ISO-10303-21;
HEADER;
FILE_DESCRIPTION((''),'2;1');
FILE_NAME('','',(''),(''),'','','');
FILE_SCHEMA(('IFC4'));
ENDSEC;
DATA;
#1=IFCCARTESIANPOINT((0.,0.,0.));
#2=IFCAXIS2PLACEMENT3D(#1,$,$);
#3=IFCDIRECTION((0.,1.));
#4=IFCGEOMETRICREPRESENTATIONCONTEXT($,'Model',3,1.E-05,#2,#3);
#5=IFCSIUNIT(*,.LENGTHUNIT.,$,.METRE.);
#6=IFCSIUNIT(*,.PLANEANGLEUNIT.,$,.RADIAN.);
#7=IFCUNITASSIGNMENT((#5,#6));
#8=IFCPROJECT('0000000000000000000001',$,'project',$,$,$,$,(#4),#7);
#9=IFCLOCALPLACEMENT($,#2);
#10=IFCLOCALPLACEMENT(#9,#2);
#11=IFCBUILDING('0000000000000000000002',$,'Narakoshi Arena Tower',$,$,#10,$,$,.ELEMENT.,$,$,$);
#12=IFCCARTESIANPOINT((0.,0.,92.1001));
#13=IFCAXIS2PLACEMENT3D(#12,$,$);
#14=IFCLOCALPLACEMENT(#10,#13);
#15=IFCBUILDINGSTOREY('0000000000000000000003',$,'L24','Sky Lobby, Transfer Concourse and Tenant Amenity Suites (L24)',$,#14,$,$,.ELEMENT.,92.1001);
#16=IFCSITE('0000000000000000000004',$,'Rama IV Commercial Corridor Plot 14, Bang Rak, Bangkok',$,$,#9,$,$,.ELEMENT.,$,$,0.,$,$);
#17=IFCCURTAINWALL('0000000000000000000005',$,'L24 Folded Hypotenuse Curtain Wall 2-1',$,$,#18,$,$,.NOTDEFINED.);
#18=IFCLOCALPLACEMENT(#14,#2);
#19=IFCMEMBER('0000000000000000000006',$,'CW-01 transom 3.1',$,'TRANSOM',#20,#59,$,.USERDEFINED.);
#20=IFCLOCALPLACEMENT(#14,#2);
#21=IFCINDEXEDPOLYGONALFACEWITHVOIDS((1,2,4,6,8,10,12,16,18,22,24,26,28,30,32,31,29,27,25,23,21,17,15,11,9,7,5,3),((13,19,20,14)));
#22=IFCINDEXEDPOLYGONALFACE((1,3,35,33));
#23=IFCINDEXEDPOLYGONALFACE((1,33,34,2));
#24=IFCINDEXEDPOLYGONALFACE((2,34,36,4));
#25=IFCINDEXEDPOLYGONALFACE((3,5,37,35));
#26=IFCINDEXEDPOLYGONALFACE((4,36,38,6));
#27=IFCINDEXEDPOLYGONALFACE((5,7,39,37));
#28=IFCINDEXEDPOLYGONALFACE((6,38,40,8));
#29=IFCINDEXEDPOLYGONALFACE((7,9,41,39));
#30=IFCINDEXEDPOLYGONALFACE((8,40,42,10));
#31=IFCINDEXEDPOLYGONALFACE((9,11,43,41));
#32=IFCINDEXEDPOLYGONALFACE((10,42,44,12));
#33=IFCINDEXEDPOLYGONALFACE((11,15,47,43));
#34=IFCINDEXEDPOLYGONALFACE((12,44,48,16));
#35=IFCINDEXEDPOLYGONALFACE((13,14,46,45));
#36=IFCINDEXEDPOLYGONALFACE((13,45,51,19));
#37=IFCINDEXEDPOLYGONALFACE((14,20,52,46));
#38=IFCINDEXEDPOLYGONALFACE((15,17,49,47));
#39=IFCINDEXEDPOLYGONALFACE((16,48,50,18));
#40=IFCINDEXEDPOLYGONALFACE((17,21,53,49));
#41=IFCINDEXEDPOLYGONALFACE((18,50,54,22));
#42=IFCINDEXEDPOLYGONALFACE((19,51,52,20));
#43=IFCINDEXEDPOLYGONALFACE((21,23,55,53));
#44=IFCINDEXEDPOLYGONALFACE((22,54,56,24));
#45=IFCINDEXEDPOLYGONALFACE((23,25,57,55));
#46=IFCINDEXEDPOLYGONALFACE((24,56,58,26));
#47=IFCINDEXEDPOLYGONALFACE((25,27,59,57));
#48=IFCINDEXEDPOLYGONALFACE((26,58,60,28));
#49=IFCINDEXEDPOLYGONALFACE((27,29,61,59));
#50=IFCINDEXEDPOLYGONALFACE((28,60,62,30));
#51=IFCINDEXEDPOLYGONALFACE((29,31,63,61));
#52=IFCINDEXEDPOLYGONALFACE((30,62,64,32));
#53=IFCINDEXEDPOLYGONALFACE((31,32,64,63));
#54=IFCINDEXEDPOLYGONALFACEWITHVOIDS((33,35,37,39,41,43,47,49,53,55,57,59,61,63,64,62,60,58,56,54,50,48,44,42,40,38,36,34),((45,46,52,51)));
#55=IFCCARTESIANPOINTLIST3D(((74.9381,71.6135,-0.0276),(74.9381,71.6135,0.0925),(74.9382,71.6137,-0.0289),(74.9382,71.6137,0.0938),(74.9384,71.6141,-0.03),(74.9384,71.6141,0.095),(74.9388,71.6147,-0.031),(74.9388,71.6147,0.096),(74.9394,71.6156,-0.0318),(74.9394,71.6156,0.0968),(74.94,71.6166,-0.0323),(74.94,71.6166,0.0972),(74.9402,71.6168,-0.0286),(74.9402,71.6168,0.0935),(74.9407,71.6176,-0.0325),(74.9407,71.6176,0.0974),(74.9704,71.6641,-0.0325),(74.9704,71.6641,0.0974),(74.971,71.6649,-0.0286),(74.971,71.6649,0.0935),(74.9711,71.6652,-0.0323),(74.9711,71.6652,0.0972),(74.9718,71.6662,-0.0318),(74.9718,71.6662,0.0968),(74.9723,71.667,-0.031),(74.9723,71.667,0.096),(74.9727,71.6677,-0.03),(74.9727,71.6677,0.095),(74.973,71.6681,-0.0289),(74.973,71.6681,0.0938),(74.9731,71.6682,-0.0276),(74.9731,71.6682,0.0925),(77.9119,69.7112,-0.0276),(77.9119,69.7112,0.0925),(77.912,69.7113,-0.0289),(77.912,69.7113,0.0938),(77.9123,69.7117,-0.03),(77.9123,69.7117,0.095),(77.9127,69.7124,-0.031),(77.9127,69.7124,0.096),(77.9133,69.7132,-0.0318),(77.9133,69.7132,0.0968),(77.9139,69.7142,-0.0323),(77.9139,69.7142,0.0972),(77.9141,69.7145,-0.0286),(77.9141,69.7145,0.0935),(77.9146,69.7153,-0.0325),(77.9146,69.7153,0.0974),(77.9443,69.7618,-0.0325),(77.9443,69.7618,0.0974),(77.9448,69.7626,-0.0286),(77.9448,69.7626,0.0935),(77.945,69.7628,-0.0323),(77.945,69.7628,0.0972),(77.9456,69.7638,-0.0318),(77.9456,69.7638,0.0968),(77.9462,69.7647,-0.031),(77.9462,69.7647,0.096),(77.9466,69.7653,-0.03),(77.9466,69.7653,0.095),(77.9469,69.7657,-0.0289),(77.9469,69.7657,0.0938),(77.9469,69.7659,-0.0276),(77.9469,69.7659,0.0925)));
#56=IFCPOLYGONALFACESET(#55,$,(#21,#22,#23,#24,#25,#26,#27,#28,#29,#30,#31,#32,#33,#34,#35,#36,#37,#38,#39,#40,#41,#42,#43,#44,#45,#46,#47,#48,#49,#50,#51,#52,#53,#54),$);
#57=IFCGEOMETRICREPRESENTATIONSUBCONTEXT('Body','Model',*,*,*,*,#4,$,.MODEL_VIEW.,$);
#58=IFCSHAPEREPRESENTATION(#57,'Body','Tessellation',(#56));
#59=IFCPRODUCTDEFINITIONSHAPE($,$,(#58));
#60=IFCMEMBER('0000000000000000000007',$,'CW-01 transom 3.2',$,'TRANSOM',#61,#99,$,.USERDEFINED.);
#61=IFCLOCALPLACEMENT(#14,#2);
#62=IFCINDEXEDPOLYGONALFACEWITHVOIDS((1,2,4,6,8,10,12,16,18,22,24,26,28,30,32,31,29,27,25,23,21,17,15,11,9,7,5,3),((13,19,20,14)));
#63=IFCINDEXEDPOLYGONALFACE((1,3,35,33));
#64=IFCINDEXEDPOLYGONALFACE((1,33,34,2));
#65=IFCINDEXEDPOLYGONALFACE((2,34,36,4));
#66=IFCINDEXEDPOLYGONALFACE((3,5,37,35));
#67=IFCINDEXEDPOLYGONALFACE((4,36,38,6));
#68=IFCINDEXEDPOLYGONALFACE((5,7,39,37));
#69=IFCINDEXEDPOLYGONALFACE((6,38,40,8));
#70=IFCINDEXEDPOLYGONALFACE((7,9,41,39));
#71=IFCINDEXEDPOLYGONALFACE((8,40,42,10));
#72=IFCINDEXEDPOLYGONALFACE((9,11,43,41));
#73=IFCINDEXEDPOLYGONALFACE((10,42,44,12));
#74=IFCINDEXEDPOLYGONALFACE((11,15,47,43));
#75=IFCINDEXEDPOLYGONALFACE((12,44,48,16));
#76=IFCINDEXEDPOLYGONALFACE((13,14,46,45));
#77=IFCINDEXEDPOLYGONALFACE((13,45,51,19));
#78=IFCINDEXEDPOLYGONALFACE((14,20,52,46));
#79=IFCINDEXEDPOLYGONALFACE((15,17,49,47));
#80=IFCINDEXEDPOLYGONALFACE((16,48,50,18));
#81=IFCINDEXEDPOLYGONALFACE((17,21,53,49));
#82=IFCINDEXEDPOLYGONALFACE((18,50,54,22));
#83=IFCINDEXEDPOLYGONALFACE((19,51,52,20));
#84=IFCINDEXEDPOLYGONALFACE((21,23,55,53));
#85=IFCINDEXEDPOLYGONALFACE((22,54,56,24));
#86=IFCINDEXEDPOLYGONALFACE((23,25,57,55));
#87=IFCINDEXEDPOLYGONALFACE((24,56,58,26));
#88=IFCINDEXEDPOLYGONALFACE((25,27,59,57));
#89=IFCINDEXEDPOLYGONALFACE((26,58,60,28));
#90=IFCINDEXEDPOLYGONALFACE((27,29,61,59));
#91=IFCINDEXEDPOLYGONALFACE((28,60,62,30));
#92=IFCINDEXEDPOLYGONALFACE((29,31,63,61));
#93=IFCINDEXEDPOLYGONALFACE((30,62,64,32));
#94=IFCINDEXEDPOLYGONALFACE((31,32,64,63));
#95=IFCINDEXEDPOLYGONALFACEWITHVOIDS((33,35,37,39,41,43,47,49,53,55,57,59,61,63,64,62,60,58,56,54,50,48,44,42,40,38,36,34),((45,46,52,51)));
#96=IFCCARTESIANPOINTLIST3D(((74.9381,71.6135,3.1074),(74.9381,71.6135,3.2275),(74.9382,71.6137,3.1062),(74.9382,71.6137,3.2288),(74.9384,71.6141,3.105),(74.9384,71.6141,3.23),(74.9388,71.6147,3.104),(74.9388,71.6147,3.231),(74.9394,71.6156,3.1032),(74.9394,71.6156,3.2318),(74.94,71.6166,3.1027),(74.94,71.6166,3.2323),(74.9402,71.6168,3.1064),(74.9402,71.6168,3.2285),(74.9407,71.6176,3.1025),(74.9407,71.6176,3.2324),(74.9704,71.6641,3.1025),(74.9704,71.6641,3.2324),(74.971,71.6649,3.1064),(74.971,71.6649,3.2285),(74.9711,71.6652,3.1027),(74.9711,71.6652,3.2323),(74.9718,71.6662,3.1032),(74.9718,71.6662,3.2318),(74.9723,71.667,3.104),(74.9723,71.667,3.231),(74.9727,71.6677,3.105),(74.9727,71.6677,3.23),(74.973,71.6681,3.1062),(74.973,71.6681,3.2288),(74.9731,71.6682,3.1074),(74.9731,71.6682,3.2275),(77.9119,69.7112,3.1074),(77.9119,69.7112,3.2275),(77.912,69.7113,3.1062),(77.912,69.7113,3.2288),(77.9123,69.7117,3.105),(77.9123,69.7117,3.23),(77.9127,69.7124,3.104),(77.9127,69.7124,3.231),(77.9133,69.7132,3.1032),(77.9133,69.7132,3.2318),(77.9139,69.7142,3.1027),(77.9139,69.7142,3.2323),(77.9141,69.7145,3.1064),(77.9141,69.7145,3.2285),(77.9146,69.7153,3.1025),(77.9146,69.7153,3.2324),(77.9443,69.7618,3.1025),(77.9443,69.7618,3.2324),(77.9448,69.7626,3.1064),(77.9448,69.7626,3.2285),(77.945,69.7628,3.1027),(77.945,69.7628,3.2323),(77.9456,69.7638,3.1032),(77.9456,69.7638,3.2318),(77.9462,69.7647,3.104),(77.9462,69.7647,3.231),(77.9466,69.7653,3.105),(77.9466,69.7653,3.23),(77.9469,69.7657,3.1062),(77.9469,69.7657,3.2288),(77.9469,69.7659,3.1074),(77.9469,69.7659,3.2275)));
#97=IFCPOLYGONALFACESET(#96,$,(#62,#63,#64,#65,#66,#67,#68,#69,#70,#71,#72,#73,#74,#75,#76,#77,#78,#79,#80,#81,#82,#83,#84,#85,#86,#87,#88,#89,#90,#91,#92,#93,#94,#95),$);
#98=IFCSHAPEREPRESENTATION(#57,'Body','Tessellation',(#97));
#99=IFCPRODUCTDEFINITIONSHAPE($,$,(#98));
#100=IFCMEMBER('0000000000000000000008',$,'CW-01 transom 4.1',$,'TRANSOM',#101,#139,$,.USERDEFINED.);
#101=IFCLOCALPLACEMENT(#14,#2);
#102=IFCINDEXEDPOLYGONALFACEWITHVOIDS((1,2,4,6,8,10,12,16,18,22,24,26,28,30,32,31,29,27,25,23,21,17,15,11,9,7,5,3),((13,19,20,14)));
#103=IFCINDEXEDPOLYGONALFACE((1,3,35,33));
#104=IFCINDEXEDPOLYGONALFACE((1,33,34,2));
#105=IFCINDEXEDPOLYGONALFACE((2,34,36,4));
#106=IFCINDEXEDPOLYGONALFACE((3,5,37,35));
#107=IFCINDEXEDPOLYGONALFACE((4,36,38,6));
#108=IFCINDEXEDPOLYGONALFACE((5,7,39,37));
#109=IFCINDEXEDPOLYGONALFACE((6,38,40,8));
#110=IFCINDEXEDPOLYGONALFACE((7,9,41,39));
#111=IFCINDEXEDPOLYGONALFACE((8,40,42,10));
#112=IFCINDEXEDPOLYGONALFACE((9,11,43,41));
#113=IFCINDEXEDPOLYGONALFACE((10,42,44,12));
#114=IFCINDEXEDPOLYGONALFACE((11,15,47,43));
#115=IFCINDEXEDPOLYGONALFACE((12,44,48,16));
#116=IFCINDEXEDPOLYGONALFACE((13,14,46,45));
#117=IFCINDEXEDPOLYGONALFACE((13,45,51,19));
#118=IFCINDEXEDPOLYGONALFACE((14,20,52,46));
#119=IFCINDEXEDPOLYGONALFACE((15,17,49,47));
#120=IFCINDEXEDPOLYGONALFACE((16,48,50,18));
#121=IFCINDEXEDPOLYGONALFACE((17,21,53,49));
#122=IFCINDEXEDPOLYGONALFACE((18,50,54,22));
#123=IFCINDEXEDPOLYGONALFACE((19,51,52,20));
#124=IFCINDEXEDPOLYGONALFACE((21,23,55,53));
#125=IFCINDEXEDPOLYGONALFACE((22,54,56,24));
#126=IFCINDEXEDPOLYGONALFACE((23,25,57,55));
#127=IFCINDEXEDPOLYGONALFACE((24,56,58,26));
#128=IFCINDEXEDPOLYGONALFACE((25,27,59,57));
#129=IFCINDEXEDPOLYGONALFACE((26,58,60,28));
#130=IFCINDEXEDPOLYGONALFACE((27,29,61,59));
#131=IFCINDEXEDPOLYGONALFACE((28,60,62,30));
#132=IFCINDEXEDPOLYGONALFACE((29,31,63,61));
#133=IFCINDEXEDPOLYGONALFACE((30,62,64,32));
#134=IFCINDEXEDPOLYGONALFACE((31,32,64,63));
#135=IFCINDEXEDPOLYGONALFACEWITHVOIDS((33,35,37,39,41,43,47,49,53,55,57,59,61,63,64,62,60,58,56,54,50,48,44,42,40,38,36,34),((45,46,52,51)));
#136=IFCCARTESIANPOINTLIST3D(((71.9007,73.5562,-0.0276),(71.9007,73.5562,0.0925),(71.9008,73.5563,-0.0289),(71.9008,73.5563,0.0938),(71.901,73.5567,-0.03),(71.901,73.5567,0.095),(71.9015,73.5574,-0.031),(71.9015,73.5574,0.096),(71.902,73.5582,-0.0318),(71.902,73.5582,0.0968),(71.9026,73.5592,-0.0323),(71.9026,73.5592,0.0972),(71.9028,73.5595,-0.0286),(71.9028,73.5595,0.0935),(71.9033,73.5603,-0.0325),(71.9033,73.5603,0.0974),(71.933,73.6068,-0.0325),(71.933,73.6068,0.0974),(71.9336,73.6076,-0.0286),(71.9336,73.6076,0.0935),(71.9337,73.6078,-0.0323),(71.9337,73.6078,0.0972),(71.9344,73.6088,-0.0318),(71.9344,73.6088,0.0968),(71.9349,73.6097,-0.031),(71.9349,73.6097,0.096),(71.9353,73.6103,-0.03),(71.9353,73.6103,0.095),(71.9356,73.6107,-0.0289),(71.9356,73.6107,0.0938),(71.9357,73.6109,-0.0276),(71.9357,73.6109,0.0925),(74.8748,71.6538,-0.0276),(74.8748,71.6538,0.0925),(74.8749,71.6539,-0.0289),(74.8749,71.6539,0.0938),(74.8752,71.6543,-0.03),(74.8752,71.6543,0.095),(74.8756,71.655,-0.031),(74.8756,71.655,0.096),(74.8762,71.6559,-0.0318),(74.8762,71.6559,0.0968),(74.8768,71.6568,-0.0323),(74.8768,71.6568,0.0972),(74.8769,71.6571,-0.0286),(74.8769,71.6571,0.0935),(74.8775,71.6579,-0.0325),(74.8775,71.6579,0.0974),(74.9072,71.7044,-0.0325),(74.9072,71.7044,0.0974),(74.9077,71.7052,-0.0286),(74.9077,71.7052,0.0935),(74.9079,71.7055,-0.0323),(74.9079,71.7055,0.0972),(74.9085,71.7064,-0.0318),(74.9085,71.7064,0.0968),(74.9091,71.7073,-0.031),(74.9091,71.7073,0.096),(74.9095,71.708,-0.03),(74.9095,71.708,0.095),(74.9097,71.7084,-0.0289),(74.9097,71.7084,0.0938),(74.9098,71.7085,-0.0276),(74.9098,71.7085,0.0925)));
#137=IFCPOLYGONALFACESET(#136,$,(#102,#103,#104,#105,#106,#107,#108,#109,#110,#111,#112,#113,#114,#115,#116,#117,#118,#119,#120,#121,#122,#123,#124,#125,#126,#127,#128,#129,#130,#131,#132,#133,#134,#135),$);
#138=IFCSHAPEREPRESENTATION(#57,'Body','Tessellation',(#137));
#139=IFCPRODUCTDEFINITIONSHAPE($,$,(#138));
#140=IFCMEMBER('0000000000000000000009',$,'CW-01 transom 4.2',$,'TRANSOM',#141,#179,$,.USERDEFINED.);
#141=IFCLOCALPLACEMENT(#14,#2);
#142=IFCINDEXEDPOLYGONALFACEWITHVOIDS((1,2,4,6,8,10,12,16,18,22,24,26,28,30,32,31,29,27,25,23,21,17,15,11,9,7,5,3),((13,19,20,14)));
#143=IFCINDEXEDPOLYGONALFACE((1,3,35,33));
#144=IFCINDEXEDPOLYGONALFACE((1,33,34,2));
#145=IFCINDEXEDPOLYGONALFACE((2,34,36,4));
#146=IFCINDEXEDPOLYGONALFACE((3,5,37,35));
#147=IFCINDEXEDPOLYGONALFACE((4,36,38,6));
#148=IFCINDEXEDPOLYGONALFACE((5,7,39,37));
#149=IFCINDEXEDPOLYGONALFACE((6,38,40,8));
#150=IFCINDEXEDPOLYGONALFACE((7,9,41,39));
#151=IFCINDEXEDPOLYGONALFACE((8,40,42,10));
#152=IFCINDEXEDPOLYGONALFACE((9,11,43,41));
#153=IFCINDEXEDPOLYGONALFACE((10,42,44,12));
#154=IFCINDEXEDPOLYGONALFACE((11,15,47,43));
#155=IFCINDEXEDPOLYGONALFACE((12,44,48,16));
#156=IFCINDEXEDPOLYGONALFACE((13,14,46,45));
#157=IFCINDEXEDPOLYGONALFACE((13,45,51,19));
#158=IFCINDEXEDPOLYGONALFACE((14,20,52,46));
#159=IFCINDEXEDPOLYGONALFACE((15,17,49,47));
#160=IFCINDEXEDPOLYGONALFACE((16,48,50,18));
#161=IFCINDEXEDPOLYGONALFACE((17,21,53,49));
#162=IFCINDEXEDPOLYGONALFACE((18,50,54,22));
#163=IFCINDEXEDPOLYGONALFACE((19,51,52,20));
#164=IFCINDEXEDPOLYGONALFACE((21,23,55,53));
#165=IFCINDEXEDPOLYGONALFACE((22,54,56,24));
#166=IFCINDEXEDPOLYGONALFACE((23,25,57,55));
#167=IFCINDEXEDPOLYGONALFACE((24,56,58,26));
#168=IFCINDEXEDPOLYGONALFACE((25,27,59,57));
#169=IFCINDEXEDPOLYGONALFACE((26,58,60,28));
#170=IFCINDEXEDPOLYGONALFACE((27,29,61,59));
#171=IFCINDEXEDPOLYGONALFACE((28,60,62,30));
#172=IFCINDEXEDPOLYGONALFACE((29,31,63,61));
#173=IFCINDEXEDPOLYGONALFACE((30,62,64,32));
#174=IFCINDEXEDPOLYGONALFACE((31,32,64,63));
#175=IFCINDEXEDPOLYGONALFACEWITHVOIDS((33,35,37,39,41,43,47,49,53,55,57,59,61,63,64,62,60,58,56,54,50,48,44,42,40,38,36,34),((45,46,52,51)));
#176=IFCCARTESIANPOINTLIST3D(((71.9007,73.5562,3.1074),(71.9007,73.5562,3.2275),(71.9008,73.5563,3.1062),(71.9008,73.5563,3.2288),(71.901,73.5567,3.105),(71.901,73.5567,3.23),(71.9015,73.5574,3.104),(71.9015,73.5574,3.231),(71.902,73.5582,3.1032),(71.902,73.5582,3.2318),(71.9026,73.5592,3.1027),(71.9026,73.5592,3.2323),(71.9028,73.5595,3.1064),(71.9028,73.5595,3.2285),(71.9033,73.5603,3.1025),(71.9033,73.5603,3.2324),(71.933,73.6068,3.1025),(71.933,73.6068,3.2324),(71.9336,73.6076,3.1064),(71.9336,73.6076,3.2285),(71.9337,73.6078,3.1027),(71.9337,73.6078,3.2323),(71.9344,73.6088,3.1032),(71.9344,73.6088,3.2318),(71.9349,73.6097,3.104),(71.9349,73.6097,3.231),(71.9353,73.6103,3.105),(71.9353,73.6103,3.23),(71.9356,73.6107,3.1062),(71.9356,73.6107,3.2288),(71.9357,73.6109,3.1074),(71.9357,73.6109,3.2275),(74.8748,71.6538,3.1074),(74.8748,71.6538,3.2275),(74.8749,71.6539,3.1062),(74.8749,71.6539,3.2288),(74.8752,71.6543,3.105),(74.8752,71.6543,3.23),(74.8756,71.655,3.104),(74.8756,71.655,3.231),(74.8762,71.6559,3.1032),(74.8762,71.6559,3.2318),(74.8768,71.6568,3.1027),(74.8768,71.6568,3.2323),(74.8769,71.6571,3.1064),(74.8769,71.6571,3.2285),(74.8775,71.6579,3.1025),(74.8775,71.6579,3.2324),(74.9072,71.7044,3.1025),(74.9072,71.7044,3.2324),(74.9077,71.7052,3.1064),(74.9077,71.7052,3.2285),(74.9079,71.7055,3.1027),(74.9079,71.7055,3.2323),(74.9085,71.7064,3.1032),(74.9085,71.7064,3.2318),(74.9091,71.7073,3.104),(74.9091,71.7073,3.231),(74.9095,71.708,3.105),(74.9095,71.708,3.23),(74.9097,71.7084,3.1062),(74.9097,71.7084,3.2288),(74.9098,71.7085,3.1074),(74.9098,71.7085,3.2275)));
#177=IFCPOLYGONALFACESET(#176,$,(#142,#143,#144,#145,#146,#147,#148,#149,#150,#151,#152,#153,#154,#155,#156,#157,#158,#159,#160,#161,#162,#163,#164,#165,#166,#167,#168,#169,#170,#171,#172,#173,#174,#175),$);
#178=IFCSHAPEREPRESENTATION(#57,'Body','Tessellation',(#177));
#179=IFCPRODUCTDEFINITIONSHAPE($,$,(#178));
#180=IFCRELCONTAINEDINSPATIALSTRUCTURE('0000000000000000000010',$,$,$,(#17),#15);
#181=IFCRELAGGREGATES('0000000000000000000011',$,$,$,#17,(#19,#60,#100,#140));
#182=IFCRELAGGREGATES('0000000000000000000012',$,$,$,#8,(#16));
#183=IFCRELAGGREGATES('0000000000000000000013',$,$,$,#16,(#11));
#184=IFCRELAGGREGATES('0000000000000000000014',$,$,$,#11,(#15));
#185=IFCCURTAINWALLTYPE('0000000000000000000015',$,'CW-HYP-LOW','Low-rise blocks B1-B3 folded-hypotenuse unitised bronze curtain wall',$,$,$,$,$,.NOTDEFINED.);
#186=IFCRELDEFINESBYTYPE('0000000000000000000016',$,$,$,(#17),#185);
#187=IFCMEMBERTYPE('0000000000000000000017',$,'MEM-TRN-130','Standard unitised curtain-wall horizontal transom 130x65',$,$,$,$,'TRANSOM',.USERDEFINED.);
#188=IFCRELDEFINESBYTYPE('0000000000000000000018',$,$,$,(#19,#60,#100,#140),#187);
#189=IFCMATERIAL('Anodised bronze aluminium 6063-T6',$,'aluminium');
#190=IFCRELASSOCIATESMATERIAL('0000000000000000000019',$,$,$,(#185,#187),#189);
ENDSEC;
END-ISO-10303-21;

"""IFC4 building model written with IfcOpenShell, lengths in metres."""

from ifc_helpers import new_model, si_unit, direction, frame, origin, origin_2d, place, context, subcontext, project, spatial, hollow_rectangle, extrude, material, material_profile, profile_set, type_object, element, aggregate, save


model = new_model("IFC4")

# Units and contexts
model_context = context("Model", 3, precision=1e-05, world=origin(), true_north=direction((0.0, 1.0)))
body_context = subcontext(model_context, "Body", "Model", "MODEL_VIEW")
ifc_project = project(units=[si_unit("LENGTHUNIT", "METRE"), si_unit("PLANEANGLEUNIT", "RADIAN")], contexts=[model_context])

# Site, building, storey
site_placement = place(None, origin())
site = spatial("IfcSite", under=ifc_project, at=site_placement, Name="Rama IV Commercial Corridor Plot 14, Bang Rak, Bangkok", CompositionType="ELEMENT", RefElevation=0.0)
building_placement = place(site_placement, origin())
building = spatial("IfcBuilding", under=site, at=building_placement, Name="Narakoshi Arena Tower", CompositionType="ELEMENT")
storey_placement = place(building_placement, frame((0.0, 0.0, 92.1001)))
storey = spatial("IfcBuildingStorey", under=building, at=storey_placement, Name="L24", Description="Sky Lobby, Transfer Concourse and Tenant Amenity Suites (L24)", CompositionType="ELEMENT", Elevation=92.1001)

# Curtain wall
ifc_material_1 = material(Name="Anodised bronze aluminium 6063-T6", Category="aluminium")
curtain_wall_type = type_object("IfcCurtainWallType", Name="CW-HYP-LOW", Description="Low-rise blocks B1-B3 folded-hypotenuse unitised bronze curtain wall", PredefinedType="NOTDEFINED", material=ifc_material_1)
curtain_wall_1_placement = place(storey_placement, origin())
curtain_wall_1 = element("IfcCurtainWall", 1, at=curtain_wall_1_placement, inside=storey, type_object=curtain_wall_type, Name="L24 Folded Hypotenuse Curtain Wall 2-1", PredefinedType="NOTDEFINED")

# Members
ifc_material_profile_1 = material_profile(ifc_material_1, hollow_rectangle(XDim=0.0649, YDim=0.1299, WallThickness=0.0039, OuterFilletRadius=0.0049, at=origin_2d()), Name="TRN130x65x4")
ifc_profile_set_1 = profile_set([ifc_material_profile_1], Name="Anodised bronze aluminium 6063-T6")
member_type_1 = type_object("IfcMemberType", Name="MEM-TRN-130", Description="Standard unitised curtain-wall horizontal transom 130x65", ElementType="TRANSOM", PredefinedType="USERDEFINED", material=ifc_profile_set_1)
member_1_placement = place(storey_placement, frame((77.9294, 69.7385, 0.0325), z_axis=(-0.842392, 0.538865, 0.0), x_axis=(-0.538865, -0.842392, 0.0)))
member_1 = element("IfcMember", 2, at=member_1_placement, type_object=member_type_1, Name="CW-01 transom 3.1", ObjectType="TRANSOM", PredefinedType="USERDEFINED", context=body_context, shape_type="SweptSolid", body=[
    extrude(hollow_rectangle(XDim=0.0649, YDim=0.1299, WallThickness=0.0039, OuterFilletRadius=0.0049, at=origin_2d()), origin(), (0.0, 0.0, 1.0), 3.5303),
])
member_2_placement = place(storey_placement, frame((77.9294, 69.7385, 3.1675), z_axis=(-0.842392, 0.538865, 0.0), x_axis=(-0.538865, -0.842392, 0.0)))
member_2 = element("IfcMember", 3, at=member_2_placement, type_object=member_type_1, Name="CW-01 transom 3.2", ObjectType="TRANSOM", PredefinedType="USERDEFINED", context=body_context, shape_type="SweptSolid", body=[
    extrude(hollow_rectangle(XDim=0.0649, YDim=0.1299, WallThickness=0.0039, OuterFilletRadius=0.0049, at=origin_2d()), origin(), (0.0, 0.0, 1.0), 3.5303),
])
member_3_placement = place(storey_placement, frame((74.8923, 71.6812, 0.0325), z_axis=(-0.842412, 0.538834, 0.0), x_axis=(-0.538834, -0.842412, 0.0)))
member_3 = element("IfcMember", 4, at=member_3_placement, type_object=member_type_1, Name="CW-01 transom 4.1", ObjectType="TRANSOM", PredefinedType="USERDEFINED", context=body_context, shape_type="SweptSolid", body=[
    extrude(hollow_rectangle(XDim=0.0649, YDim=0.1299, WallThickness=0.0039, OuterFilletRadius=0.0049, at=origin_2d()), origin(), (0.0, 0.0, 1.0), 3.5305),
])
member_4_placement = place(storey_placement, frame((74.8923, 71.6812, 3.1675), z_axis=(-0.842412, 0.538834, 0.0), x_axis=(-0.538834, -0.842412, 0.0)))
member_4 = element("IfcMember", 5, at=member_4_placement, type_object=member_type_1, Name="CW-01 transom 4.2", ObjectType="TRANSOM", PredefinedType="USERDEFINED", context=body_context, shape_type="SweptSolid", body=[
    extrude(hollow_rectangle(XDim=0.0649, YDim=0.1299, WallThickness=0.0039, OuterFilletRadius=0.0049, at=origin_2d()), origin(), (0.0, 0.0, 1.0), 3.5305),
])

aggregate(curtain_wall_1, [member_1, member_2, member_3, member_4])

save(model, "model.ifc")
